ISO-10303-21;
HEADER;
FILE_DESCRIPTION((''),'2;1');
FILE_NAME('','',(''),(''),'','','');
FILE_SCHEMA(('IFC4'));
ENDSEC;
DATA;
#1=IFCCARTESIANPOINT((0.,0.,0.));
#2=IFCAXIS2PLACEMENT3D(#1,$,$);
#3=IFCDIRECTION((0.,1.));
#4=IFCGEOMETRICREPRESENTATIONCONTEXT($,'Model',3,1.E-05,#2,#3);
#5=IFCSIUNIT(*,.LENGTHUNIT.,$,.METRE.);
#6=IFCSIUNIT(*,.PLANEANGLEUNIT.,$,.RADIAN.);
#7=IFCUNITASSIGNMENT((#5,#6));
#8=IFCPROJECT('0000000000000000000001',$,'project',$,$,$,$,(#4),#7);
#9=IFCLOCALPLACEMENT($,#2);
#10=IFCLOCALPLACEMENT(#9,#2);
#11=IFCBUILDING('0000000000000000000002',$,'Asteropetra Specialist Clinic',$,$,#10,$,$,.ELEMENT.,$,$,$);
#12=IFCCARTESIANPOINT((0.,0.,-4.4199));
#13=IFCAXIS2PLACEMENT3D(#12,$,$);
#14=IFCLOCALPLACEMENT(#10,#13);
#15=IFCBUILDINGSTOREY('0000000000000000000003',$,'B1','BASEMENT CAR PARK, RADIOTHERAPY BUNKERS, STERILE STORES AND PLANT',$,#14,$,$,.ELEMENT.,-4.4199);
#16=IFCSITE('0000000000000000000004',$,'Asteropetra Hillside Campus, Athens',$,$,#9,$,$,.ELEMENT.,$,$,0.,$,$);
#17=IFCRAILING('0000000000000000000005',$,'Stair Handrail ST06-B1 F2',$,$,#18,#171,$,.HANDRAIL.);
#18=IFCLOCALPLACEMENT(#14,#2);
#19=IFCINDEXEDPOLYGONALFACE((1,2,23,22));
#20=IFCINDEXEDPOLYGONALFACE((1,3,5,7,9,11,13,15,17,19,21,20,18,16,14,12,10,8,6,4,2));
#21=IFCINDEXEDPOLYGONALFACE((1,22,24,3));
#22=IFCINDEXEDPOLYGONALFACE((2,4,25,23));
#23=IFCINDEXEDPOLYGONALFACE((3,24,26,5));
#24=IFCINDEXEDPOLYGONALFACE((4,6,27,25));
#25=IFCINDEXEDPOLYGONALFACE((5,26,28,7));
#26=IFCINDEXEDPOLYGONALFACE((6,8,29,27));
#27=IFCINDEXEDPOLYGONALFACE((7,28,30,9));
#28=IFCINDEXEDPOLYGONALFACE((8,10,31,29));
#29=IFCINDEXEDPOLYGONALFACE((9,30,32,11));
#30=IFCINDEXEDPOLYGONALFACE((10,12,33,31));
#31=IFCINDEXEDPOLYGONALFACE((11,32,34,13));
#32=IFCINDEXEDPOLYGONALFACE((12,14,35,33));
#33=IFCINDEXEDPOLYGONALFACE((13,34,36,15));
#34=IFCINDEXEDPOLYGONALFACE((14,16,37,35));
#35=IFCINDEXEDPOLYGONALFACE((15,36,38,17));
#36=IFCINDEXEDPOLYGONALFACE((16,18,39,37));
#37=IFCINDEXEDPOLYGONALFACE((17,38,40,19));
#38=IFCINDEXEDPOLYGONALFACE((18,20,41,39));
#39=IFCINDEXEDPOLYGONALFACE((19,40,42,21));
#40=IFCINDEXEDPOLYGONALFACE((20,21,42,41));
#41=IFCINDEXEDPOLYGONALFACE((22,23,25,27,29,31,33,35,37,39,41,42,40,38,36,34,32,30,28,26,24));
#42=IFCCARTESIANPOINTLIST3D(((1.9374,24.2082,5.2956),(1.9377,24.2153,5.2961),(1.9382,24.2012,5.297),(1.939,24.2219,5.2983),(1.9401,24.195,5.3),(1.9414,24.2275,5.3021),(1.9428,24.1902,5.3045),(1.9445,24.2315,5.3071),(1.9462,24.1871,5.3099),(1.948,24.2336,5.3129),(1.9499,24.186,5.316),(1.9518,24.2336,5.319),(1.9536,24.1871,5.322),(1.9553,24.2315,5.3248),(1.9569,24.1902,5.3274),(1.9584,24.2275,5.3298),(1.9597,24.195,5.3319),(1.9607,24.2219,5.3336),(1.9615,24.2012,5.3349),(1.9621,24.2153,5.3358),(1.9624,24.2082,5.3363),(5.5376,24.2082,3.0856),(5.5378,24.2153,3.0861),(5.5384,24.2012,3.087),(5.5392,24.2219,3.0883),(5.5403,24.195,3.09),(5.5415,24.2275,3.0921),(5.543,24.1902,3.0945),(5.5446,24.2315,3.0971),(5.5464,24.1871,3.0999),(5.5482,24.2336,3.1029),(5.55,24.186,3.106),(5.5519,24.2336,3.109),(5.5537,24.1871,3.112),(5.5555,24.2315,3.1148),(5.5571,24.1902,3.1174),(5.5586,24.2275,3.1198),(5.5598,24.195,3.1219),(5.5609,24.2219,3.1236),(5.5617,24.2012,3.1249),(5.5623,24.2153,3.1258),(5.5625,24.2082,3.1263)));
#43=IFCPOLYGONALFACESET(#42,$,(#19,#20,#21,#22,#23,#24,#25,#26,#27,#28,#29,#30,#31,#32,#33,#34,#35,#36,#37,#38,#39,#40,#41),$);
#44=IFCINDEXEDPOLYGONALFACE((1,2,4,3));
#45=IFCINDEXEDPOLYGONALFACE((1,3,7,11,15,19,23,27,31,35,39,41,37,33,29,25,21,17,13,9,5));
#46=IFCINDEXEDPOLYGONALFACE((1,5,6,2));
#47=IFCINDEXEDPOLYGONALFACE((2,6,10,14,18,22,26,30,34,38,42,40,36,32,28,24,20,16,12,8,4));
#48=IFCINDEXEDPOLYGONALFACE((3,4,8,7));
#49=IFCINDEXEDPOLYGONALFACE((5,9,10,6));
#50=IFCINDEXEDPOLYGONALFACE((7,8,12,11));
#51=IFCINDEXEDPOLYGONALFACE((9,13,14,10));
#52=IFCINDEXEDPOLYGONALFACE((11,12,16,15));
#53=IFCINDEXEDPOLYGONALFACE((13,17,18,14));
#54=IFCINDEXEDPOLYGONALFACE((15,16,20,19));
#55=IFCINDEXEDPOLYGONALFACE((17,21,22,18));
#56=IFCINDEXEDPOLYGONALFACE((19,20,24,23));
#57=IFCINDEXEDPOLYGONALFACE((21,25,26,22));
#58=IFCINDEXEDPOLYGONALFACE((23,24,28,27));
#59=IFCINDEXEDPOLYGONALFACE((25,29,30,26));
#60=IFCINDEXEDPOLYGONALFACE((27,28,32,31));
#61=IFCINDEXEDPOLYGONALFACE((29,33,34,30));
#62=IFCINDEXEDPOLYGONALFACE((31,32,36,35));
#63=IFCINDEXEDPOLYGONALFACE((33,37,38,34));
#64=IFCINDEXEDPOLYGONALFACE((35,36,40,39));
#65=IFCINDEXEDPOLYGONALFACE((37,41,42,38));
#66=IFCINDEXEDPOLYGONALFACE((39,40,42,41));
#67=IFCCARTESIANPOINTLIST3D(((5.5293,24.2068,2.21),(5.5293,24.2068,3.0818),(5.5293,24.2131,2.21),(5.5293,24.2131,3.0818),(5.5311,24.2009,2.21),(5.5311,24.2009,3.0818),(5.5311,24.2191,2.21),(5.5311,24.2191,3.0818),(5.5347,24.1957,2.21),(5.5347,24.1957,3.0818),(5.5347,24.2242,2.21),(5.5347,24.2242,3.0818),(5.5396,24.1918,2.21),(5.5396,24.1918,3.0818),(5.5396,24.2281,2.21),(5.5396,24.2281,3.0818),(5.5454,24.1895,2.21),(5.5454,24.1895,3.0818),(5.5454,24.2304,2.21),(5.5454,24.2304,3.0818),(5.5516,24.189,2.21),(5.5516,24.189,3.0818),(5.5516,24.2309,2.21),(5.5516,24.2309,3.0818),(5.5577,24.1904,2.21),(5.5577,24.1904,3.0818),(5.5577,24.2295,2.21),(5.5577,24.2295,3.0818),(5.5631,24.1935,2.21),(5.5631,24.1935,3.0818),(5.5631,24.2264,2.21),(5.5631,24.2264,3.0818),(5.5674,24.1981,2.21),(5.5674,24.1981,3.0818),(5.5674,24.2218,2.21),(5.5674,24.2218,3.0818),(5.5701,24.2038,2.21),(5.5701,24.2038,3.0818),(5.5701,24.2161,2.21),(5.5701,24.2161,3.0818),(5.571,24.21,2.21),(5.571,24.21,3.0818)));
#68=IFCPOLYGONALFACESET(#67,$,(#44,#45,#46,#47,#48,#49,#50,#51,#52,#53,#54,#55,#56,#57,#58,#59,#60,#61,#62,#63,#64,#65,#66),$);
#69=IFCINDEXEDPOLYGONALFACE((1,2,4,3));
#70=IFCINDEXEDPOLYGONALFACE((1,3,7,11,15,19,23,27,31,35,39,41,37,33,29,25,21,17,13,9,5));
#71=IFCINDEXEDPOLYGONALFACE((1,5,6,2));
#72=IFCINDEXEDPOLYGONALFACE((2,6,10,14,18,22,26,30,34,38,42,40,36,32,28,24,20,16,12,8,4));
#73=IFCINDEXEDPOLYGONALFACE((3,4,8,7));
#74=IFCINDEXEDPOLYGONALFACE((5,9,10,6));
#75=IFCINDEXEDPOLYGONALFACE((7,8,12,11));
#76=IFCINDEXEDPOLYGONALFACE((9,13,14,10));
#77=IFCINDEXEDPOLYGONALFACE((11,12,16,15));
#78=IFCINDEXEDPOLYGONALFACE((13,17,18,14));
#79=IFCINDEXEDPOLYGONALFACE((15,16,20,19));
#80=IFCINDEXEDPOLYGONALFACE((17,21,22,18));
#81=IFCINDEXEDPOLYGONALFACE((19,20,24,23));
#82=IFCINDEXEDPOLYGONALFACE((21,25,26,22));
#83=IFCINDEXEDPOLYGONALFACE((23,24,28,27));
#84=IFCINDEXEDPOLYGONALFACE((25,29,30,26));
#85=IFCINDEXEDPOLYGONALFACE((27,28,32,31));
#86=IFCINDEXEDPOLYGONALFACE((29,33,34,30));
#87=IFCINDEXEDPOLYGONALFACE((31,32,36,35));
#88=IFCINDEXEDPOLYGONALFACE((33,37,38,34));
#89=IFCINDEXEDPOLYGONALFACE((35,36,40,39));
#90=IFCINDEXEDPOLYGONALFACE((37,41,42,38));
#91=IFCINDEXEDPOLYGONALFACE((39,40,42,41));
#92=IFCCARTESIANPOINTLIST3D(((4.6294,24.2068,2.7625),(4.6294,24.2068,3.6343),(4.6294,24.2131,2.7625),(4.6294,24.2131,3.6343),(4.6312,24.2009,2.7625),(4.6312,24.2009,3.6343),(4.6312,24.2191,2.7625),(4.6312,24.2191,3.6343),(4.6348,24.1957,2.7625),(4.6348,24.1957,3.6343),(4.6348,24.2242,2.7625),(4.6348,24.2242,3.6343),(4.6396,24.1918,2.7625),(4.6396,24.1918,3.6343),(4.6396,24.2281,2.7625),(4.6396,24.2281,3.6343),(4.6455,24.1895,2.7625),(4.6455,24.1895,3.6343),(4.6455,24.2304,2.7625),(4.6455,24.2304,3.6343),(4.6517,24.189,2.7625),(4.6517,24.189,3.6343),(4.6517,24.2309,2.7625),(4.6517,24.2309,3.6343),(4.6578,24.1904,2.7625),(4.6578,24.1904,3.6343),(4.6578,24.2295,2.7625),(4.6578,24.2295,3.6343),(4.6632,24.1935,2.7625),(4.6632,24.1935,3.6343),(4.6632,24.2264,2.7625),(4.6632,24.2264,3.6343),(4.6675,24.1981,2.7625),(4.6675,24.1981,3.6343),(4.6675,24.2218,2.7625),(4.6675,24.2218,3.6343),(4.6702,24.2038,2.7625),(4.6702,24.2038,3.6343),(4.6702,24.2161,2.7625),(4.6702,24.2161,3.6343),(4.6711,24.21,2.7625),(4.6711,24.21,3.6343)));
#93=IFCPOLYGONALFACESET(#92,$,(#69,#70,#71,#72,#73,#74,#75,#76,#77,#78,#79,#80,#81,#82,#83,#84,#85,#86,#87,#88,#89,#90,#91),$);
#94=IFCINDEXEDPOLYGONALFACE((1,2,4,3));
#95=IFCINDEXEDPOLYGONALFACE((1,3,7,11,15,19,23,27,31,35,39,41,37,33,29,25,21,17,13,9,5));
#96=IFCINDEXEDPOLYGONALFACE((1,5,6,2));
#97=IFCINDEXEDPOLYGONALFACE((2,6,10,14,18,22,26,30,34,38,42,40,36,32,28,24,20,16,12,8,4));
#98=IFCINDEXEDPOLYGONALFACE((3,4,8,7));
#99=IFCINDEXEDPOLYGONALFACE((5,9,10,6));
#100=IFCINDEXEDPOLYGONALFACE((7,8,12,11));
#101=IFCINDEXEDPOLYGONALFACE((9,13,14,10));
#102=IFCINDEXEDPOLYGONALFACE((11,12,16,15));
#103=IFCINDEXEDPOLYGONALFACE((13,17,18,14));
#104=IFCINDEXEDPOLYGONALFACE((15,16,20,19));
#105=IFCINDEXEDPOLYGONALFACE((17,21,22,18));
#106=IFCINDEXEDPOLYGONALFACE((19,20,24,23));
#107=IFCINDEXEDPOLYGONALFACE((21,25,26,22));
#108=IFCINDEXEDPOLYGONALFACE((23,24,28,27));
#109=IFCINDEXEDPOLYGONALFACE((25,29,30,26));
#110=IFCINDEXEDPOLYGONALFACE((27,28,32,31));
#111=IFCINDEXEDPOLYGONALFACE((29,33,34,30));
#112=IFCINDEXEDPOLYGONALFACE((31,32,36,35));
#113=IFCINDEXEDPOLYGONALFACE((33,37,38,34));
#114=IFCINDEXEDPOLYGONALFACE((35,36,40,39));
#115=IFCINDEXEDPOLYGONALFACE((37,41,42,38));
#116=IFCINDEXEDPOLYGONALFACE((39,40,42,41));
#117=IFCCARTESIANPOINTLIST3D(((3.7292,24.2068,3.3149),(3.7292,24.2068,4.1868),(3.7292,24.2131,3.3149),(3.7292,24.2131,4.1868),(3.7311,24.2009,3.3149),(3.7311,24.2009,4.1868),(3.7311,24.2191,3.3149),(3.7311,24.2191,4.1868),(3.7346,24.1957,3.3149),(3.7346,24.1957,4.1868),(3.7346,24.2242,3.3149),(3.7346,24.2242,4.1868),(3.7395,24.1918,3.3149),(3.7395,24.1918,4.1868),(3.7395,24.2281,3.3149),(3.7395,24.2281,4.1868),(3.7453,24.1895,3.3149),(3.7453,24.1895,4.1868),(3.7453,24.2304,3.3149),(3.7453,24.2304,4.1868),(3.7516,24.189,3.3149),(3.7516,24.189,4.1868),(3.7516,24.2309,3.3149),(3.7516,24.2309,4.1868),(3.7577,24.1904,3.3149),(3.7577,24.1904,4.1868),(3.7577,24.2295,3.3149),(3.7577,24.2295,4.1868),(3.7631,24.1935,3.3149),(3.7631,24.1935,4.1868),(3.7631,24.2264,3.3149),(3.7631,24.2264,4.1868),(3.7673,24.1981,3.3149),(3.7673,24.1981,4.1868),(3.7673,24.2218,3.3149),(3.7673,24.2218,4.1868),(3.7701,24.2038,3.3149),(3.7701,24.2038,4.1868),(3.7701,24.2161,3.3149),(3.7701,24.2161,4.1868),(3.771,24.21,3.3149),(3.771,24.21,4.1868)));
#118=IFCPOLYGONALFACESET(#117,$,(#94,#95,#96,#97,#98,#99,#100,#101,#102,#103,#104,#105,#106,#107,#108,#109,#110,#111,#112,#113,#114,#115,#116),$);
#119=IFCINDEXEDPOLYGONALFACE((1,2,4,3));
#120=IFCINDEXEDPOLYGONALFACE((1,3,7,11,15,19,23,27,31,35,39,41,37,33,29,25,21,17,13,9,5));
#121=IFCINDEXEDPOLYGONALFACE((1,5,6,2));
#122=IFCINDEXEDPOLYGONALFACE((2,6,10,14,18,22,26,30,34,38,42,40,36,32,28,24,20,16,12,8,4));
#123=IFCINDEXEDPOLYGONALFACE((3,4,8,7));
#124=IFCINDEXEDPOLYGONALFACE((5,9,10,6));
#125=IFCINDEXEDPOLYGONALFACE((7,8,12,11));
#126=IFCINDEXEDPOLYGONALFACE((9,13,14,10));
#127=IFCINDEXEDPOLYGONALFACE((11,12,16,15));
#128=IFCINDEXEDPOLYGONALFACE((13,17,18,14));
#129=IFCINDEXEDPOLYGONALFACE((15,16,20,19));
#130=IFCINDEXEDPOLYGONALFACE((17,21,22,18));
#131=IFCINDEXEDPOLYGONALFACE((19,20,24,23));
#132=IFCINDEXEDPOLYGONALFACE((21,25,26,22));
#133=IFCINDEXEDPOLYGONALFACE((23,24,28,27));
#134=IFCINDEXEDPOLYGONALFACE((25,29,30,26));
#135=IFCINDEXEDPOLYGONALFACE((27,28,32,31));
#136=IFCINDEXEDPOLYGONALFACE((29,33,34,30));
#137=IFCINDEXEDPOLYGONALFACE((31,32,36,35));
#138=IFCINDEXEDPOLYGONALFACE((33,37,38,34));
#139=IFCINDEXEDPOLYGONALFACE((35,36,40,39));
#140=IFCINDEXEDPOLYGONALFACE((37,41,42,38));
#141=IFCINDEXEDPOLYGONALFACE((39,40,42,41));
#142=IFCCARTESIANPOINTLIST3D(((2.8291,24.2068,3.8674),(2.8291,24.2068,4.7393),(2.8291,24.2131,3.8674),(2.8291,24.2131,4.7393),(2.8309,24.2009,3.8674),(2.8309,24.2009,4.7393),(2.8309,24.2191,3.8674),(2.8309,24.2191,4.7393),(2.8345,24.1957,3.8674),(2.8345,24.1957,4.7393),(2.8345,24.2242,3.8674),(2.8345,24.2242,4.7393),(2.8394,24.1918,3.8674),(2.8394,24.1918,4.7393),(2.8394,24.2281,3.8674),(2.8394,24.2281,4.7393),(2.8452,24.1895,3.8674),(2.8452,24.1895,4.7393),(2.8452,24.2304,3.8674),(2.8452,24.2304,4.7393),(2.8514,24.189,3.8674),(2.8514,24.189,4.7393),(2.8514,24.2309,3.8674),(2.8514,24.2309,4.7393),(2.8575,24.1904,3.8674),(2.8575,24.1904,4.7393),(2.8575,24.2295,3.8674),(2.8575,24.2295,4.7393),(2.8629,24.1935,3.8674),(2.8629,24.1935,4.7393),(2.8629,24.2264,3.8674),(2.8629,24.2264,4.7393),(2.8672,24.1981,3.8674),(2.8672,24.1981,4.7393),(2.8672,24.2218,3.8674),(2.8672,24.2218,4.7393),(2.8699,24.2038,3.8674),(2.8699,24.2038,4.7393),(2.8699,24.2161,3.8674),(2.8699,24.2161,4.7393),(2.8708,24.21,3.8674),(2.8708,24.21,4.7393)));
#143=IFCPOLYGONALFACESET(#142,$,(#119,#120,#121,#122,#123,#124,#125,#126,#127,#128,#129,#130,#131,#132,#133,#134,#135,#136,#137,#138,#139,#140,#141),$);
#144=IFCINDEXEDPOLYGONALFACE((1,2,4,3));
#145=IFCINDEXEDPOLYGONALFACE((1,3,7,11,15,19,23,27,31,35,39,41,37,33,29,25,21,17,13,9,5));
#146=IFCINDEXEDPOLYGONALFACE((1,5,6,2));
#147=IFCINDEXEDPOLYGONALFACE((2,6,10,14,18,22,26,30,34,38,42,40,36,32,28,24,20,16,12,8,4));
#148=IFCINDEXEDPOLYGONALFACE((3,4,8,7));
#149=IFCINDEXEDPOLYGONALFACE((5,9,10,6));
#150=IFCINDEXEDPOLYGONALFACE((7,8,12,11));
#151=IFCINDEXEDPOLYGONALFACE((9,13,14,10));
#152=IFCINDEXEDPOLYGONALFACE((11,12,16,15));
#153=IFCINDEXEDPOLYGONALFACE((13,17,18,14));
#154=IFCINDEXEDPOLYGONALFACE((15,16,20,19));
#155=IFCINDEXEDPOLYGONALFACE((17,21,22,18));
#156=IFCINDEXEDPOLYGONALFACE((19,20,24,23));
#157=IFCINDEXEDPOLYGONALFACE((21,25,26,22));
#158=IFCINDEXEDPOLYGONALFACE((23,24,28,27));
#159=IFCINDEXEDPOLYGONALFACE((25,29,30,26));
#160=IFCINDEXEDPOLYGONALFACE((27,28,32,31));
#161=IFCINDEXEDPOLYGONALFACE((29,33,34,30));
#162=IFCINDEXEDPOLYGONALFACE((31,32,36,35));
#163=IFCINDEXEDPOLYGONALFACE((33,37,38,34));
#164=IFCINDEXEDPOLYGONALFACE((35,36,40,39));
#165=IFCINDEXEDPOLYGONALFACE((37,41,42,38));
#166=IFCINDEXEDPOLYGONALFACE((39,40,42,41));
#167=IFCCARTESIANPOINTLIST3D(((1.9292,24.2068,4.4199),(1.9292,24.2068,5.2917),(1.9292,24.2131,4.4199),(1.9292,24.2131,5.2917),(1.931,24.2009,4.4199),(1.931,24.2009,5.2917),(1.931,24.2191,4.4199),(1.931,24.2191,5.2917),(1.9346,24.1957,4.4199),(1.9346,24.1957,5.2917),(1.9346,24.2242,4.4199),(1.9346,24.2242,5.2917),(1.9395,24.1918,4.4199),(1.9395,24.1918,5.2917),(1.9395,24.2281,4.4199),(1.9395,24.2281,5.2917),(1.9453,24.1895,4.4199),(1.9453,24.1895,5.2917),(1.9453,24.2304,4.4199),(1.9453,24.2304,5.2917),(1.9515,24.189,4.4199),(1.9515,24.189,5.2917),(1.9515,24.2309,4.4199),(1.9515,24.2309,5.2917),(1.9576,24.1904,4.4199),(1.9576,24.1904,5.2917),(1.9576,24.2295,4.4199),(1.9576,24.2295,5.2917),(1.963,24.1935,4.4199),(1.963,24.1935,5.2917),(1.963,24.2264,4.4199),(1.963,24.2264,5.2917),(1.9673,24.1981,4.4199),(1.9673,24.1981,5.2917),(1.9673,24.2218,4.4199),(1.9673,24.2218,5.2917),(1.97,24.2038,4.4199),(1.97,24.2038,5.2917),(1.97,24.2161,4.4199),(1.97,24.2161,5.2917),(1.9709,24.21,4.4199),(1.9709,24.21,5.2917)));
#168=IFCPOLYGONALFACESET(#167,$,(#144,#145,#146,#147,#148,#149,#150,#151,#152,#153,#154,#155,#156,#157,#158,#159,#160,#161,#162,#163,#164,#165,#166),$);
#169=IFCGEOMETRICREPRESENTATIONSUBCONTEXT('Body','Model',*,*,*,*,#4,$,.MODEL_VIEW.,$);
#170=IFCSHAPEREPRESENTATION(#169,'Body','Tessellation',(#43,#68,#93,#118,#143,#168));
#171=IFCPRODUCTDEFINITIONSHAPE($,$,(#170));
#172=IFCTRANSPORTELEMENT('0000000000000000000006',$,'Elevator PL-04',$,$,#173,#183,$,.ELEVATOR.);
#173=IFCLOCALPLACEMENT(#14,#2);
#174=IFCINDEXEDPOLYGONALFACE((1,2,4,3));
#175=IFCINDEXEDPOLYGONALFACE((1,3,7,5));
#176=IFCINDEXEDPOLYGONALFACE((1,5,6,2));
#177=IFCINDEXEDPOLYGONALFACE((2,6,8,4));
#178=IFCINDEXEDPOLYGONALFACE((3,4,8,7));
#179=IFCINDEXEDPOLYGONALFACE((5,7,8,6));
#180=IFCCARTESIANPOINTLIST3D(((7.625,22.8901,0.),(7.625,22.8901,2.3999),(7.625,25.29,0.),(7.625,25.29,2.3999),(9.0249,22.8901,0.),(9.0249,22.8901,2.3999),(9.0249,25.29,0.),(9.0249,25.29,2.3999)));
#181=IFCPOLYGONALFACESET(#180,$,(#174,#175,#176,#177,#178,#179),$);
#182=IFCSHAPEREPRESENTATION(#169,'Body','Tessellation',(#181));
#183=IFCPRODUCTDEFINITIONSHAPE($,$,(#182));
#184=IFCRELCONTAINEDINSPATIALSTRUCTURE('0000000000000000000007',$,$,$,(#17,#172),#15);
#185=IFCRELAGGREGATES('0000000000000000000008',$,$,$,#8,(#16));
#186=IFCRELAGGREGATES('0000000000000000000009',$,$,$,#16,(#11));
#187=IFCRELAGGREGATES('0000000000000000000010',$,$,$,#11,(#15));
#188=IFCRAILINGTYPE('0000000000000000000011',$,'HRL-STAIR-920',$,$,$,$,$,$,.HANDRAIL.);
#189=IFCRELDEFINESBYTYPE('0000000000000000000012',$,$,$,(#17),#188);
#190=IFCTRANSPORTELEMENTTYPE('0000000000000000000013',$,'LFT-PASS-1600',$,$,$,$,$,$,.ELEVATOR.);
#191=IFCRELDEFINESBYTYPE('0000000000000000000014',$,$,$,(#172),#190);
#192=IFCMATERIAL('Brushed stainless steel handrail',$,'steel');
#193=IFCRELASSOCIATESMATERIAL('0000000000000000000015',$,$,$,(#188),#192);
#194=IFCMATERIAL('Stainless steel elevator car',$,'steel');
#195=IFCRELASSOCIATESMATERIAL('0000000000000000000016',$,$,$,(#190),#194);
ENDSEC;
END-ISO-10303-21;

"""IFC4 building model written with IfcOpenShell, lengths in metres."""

from ifc_helpers import new_model, si_unit, direction, frame, origin, origin_2d, place, context, subcontext, project, spatial, rectangle, circle, extrude, material, type_object, element, save


model = new_model("IFC4")

# Units and contexts
model_context = context("Model", 3, precision=1e-05, world=origin(), true_north=direction((0.0, 1.0)))
body_context = subcontext(model_context, "Body", "Model", "MODEL_VIEW")
ifc_project = project(units=[si_unit("LENGTHUNIT", "METRE"), si_unit("PLANEANGLEUNIT", "RADIAN")], contexts=[model_context])

# Site, building, storey
site_placement = place(None, origin())
site = spatial("IfcSite", under=ifc_project, at=site_placement, Name="Asteropetra Hillside Campus, Athens", CompositionType="ELEMENT", RefElevation=0.0)
building_placement = place(site_placement, origin())
building = spatial("IfcBuilding", under=site, at=building_placement, Name="Asteropetra Specialist Clinic", CompositionType="ELEMENT")
storey_placement = place(building_placement, frame((0.0, 0.0, -4.4199)))
storey = spatial("IfcBuildingStorey", under=building, at=storey_placement, Name="B1", Description="BASEMENT CAR PARK, RADIOTHERAPY BUNKERS, STERILE STORES AND PLANT", CompositionType="ELEMENT", Elevation=-4.4199)

# Railing
ifc_material_1 = material(Name="Brushed stainless steel handrail", Category="steel")
railing_type_1 = type_object("IfcRailingType", Name="HRL-STAIR-920", PredefinedType="HANDRAIL", material=ifc_material_1)
railing_1_placement = place(storey_placement, frame((5.55, 24.21, 2.21)))
element("IfcRailing", 1, at=railing_1_placement, inside=storey, type_object=railing_type_1, Name="Stair Handrail ST06-B1 F2", PredefinedType="HANDRAIL", context=body_context, shape_type="SweptSolid", body=[
    extrude(circle(Radius=0.0239, at=origin_2d()), frame((0.0, 0.0, 0.896), z_axis=(-0.852237, 0.0, 0.523156), x_axis=(0.0, -1.0, 0.0)), (0.0, 0.0, 1.0), 4.2244),
    extrude(circle(Radius=0.021, at=origin_2d()), origin(), (0.0, 0.0, 1.0), 0.8718),
    extrude(circle(Radius=0.021, at=origin_2d()), frame((-0.8999, 0.0, 0.5525)), (0.0, 0.0, 1.0), 0.8718),
    extrude(circle(Radius=0.021, at=origin_2d()), frame((-1.8, 0.0, 1.105)), (0.0, 0.0, 1.0), 0.8718),
    extrude(circle(Radius=0.021, at=origin_2d()), frame((-2.7002, 0.0, 1.6575)), (0.0, 0.0, 1.0), 0.8718),
    extrude(circle(Radius=0.021, at=origin_2d()), frame((-3.6001, 0.0, 2.21)), (0.0, 0.0, 1.0), 0.8718),
])

# Transport element
ifc_material_2 = material(Name="Stainless steel elevator car", Category="steel")
transport_element_type = type_object("IfcTransportElementType", Name="LFT-PASS-1600", PredefinedType="ELEVATOR", material=ifc_material_2)
transport_element_placement = place(storey_placement, frame((8.325, 24.0901, 0.0), z_axis=(0.0, 0.0, 1.0), x_axis=(1.0, 0.0, 0.0)))
element("IfcTransportElement", 2, at=transport_element_placement, inside=storey, type_object=transport_element_type, Name="Elevator PL-04", PredefinedType="ELEVATOR", context=body_context, shape_type="SweptSolid", body=[
    extrude(rectangle(XDim=1.3999, YDim=2.3999, at=origin_2d()), origin(), (0.0, 0.0, 1.0), 2.3999),
])

save(model, "model.ifc")
